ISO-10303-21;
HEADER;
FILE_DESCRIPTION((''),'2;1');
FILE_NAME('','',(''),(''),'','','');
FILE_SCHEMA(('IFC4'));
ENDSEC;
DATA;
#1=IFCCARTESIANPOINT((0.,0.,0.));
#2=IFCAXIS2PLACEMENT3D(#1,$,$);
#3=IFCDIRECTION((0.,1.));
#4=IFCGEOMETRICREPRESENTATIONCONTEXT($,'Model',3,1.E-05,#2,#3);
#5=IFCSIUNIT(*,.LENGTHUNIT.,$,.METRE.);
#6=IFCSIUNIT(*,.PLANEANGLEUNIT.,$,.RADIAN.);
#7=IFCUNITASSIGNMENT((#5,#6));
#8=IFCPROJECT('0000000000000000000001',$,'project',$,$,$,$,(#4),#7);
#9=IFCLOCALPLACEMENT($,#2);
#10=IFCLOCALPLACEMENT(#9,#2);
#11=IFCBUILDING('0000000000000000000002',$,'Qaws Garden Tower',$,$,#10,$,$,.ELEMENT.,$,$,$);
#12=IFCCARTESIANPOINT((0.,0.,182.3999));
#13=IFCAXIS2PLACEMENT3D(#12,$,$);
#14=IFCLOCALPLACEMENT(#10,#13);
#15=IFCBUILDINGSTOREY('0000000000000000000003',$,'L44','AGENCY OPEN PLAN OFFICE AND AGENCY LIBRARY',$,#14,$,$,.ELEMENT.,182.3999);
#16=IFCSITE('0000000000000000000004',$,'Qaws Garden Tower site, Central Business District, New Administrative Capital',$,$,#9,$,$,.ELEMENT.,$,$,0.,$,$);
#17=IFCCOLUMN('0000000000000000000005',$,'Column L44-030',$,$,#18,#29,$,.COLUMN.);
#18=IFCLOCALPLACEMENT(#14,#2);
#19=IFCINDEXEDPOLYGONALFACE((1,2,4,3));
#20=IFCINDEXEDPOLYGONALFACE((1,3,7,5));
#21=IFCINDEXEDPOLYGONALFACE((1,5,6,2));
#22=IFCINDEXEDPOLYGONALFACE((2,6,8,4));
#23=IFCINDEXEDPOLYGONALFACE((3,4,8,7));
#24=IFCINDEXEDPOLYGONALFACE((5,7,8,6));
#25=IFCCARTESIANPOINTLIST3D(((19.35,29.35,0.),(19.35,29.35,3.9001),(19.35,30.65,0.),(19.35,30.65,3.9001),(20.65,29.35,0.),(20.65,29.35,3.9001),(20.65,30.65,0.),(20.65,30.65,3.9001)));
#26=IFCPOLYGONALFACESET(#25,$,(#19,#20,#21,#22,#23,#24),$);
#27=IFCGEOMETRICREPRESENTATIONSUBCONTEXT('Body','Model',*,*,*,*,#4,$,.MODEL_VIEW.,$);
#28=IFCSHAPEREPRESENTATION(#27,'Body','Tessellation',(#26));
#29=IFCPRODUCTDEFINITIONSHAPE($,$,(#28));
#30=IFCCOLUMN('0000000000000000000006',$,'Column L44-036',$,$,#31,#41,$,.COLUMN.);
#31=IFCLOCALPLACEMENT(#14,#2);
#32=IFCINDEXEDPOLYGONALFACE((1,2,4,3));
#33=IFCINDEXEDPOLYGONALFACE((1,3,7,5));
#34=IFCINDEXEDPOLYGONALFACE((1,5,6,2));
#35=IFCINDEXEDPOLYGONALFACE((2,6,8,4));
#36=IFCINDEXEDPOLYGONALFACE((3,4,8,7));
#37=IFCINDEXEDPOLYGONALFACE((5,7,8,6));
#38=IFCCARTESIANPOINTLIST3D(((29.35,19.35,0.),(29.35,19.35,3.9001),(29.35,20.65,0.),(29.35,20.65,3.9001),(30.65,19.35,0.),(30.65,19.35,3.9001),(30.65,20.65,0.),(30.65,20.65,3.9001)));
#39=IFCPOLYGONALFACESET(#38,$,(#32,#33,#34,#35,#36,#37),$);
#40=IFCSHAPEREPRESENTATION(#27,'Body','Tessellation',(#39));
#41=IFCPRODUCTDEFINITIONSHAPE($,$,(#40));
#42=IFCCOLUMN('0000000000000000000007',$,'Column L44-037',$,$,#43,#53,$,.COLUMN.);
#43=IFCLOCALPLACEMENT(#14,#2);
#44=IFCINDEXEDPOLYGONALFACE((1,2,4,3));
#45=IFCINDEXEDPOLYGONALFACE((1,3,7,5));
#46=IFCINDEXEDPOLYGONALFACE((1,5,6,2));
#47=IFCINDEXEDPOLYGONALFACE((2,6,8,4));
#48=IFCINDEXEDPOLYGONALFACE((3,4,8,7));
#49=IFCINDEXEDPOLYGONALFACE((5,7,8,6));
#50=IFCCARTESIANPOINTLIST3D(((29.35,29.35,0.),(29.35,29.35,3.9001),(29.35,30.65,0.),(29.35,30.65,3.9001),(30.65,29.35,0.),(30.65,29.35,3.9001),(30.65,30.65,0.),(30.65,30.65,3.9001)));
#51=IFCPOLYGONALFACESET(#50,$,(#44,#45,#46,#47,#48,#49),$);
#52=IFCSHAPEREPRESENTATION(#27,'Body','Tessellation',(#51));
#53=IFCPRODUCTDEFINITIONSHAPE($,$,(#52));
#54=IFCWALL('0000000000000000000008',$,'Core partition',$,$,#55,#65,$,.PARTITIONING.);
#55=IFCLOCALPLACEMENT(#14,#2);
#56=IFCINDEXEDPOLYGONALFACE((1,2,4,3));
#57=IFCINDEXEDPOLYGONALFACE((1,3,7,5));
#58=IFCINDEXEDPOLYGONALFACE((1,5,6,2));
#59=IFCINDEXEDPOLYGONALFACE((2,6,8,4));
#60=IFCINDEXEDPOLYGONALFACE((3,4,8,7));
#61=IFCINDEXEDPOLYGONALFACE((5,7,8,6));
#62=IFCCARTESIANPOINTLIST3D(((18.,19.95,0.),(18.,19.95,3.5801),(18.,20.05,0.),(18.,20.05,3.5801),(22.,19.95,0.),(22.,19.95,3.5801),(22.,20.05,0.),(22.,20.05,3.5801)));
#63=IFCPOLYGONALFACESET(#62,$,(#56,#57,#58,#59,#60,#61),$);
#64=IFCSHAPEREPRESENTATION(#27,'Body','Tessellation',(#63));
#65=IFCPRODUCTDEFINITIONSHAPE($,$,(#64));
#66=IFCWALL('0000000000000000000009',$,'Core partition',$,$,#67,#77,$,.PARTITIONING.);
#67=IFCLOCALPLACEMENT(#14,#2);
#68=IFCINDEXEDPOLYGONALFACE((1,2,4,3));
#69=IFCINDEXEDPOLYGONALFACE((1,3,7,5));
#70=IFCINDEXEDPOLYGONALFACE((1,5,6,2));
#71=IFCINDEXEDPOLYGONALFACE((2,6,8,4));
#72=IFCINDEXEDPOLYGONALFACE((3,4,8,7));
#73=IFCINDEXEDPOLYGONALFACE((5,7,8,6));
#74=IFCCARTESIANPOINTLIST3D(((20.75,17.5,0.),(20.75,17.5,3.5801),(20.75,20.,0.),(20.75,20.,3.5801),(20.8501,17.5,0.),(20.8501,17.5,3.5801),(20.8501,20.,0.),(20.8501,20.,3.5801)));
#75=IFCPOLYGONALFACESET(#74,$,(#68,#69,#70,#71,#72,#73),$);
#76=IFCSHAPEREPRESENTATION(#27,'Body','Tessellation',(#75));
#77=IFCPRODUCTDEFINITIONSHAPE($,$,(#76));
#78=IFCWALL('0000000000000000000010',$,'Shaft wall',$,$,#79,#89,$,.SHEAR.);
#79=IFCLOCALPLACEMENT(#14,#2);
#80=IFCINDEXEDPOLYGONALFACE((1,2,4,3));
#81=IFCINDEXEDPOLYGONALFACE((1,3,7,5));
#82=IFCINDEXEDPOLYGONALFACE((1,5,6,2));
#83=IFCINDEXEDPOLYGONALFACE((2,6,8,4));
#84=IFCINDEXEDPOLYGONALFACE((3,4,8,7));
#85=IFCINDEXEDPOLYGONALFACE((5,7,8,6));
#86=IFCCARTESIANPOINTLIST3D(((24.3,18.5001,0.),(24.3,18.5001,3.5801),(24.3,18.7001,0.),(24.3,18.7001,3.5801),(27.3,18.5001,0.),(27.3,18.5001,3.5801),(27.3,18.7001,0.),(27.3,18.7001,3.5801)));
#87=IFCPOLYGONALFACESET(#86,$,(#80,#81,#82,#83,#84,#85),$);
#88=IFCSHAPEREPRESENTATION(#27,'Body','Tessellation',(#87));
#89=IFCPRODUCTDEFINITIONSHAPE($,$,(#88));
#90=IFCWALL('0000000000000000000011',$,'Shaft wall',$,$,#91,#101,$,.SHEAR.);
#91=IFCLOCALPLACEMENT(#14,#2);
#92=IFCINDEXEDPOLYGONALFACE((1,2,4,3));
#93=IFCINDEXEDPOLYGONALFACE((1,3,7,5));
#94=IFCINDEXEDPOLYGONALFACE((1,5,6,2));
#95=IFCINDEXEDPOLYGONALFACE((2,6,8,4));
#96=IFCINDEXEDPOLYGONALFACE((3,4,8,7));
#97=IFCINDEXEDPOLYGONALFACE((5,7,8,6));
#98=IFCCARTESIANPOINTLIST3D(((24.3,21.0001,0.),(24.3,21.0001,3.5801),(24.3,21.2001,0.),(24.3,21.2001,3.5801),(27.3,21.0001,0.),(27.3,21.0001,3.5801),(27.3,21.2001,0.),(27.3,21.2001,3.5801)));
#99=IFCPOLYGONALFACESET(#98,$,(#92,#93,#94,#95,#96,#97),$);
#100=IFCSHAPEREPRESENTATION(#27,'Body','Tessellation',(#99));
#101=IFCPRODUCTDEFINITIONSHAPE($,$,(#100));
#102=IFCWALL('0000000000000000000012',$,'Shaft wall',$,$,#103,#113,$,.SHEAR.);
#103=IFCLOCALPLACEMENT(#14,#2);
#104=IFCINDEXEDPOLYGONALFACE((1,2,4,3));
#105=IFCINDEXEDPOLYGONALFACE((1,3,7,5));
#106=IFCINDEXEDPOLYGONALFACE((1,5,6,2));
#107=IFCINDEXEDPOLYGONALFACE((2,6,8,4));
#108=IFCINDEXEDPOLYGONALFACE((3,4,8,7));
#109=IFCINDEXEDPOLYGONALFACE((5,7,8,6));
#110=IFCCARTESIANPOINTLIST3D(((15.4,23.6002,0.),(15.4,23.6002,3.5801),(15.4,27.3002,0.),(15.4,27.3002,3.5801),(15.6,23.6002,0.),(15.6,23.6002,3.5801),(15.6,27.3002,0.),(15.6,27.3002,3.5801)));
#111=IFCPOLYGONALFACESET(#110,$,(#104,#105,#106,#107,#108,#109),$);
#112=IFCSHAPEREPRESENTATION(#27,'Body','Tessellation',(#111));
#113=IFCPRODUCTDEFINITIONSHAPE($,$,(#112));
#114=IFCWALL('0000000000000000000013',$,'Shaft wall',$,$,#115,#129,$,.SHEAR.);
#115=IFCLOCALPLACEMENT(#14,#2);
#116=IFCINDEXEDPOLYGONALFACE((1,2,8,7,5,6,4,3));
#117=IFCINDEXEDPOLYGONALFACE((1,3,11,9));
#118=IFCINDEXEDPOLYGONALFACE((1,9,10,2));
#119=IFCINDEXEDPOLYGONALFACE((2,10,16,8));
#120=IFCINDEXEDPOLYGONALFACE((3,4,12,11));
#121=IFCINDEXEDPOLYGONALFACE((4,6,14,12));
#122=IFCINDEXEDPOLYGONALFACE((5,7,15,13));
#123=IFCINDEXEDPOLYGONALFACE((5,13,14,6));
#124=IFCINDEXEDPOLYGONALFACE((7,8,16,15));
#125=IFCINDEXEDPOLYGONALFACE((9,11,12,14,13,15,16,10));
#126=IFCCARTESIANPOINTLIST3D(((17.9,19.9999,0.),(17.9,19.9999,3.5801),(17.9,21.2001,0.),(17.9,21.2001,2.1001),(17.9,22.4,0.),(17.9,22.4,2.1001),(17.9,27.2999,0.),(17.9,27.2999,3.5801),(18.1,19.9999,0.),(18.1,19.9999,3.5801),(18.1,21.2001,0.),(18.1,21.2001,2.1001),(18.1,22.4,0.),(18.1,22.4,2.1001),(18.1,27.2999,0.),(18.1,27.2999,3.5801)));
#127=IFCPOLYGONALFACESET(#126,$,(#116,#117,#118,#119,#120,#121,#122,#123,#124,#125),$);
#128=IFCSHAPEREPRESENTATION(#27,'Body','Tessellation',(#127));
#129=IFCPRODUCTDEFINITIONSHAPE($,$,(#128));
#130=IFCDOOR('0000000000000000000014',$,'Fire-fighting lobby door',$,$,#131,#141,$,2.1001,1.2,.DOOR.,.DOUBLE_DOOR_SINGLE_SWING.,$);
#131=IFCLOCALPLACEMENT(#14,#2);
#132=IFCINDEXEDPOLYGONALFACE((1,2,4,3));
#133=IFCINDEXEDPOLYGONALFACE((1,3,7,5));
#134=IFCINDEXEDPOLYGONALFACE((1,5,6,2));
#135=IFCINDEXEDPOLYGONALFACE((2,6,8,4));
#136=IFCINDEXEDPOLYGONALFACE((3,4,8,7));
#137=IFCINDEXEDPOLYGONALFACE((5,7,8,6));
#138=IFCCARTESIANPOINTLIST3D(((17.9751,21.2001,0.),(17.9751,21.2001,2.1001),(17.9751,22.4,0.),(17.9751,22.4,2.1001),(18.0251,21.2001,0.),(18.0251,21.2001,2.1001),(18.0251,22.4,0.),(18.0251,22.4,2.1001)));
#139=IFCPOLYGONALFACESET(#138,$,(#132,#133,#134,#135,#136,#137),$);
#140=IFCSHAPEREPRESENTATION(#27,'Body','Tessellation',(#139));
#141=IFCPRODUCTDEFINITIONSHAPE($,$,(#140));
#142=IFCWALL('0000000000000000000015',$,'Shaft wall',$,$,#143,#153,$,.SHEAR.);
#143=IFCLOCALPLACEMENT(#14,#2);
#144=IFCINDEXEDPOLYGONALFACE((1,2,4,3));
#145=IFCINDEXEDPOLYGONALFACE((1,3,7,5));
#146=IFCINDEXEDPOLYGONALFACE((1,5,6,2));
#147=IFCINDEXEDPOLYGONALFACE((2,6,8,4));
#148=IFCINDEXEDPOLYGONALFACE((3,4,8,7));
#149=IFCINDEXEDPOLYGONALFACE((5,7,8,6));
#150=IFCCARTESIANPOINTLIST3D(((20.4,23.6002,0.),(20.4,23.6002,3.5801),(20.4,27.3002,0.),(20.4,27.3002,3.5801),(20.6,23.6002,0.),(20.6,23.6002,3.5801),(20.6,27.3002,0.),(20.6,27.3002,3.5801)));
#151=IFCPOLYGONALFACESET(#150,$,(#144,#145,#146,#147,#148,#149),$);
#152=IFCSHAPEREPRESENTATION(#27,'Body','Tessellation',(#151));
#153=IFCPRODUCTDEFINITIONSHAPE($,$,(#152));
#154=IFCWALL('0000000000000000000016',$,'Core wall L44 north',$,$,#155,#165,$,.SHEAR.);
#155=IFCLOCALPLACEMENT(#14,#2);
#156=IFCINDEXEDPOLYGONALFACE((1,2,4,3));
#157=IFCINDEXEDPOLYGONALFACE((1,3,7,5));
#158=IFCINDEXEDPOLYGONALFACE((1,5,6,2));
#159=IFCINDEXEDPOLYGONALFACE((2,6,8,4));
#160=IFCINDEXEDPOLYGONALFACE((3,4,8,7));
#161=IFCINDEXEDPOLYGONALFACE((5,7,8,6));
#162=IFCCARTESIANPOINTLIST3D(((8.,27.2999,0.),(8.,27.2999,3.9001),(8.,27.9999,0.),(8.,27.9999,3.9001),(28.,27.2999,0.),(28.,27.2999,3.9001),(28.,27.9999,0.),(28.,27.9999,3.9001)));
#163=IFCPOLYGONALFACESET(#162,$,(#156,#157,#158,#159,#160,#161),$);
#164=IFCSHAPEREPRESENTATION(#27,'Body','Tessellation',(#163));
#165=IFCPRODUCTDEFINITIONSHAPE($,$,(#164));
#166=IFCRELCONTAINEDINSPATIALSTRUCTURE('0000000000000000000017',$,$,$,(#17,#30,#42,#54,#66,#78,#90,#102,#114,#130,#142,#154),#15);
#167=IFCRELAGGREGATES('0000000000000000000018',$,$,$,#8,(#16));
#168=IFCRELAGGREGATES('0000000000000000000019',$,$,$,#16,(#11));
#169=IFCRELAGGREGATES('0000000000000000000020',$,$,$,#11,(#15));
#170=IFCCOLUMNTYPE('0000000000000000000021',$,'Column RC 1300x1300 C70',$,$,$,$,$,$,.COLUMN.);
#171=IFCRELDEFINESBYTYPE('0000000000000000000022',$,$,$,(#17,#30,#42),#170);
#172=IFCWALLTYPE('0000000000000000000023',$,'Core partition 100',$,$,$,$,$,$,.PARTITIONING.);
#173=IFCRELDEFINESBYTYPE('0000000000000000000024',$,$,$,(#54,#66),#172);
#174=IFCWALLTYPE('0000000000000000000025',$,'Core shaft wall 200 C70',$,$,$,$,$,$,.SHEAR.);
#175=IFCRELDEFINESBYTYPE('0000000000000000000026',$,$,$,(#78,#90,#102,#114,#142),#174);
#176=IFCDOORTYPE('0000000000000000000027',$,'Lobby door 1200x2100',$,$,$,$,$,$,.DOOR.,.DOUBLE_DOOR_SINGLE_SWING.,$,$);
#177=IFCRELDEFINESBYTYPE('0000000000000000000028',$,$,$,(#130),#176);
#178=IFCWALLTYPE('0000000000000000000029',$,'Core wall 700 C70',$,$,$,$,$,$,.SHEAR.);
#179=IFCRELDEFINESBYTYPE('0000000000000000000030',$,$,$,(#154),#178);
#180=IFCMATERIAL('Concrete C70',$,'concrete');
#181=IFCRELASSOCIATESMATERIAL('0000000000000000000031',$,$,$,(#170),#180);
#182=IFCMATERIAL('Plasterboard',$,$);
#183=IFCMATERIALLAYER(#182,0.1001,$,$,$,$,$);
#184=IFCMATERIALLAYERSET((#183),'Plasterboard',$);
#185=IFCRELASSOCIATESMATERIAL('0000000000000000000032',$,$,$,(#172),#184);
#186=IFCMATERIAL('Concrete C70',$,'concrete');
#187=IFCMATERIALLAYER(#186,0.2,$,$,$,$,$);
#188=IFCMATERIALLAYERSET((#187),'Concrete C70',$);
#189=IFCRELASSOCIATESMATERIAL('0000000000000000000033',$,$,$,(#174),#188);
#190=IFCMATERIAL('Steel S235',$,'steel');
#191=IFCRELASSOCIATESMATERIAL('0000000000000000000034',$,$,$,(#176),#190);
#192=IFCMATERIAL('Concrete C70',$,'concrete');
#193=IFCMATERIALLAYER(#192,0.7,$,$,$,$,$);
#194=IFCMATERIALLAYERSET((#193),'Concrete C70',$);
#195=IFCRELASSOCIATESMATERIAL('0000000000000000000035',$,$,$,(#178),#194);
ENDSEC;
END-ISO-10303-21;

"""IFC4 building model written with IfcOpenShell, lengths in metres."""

from ifc_helpers import new_model, si_unit, direction, frame, frame_2d, origin, origin_2d, place, context, subcontext, project, spatial, rectangle, extrude, material, layer, layer_set, material_profile, profile_set, type_object, element, fill, save


model = new_model("IFC4")

# Units and contexts
model_context = context("Model", 3, precision=1e-05, world=origin(), true_north=direction((0.0, 1.0)))
body_context = subcontext(model_context, "Body", "Model", "MODEL_VIEW")
ifc_project = project(units=[si_unit("LENGTHUNIT", "METRE"), si_unit("PLANEANGLEUNIT", "RADIAN")], contexts=[model_context])

# Site, building, storey
site_placement = place(None, origin())
site = spatial("IfcSite", under=ifc_project, at=site_placement, Name="Qaws Garden Tower site, Central Business District, New Administrative Capital", CompositionType="ELEMENT", RefElevation=0.0)
building_placement = place(site_placement, origin())
building = spatial("IfcBuilding", under=site, at=building_placement, Name="Qaws Garden Tower", CompositionType="ELEMENT")
storey_placement = place(building_placement, frame((0.0, 0.0, 182.3999)))
storey = spatial("IfcBuildingStorey", under=building, at=storey_placement, Name="L44", Description="AGENCY OPEN PLAN OFFICE AND AGENCY LIBRARY", CompositionType="ELEMENT", Elevation=182.3999)

# Columns
ifc_material_1 = material(Name="Concrete C70", Category="concrete")
ifc_material_profile = material_profile(ifc_material_1, rectangle(XDim=1.3, YDim=1.3, at=origin_2d()), Name="RC 1300x1300")
ifc_profile_set = profile_set([ifc_material_profile], Name="Concrete C70")
column_type = type_object("IfcColumnType", Name="Column RC 1300x1300 C70", PredefinedType="COLUMN", material=ifc_profile_set)
for number, where, z_axis, x_axis, name in (
    (1, (20.0, 30.0, 0.0), (0.0, 0.0, 1.0), (1.0, 0.0, 0.0), "Column L44-030"),
    (2, (30.0, 20.0, 0.0), (0.0, 0.0, 1.0), (1.0, 0.0, 0.0), "Column L44-036"),
    (3, (30.0, 30.0, 0.0), (0.0, 0.0, 1.0), (1.0, 0.0, 0.0), "Column L44-037"),
):
    element("IfcColumn", number, at=place(storey_placement, frame(where, z_axis=z_axis, x_axis=x_axis)), inside=storey, type_object=column_type, Name=name, PredefinedType="COLUMN", context=body_context, shape_type="SweptSolid", body=[
        extrude(rectangle(XDim=1.3, YDim=1.3, at=origin_2d()), origin(), (0.0, 0.0, 1.0), 3.9001),
    ])

# Walls
ifc_material_2 = material(Name="Plasterboard")
ifc_layer_1 = layer(ifc_material_2, 0.1001)
ifc_layer_set_1 = layer_set([ifc_layer_1], Name="Plasterboard")
wall_type_1 = type_object("IfcWallType", Name="Core partition 100", PredefinedType="PARTITIONING", material=ifc_layer_set_1)
wall_1_placement = place(storey_placement, frame((18.0, 20.0, 0.0), z_axis=(0.0, 0.0, 1.0), x_axis=(1.0, 0.0, 0.0)))
element("IfcWall", 4, at=wall_1_placement, inside=storey, type_object=wall_type_1, Name="Core partition", PredefinedType="PARTITIONING", context=body_context, shape_type="SweptSolid", body=[
    extrude(rectangle(XDim=4.0, YDim=0.1001, at=frame_2d((2.0, 0.0))), origin(), (0.0, 0.0, 1.0), 3.5801),
])
wall_2_placement = place(storey_placement, frame((20.8, 17.5, 0.0), z_axis=(0.0, 0.0, 1.0), x_axis=(0.0, 1.0, 0.0)))
element("IfcWall", 5, at=wall_2_placement, inside=storey, type_object=wall_type_1, Name="Core partition", PredefinedType="PARTITIONING", context=body_context, shape_type="SweptSolid", body=[
    extrude(rectangle(XDim=2.5, YDim=0.1001, at=frame_2d((1.25, 0.0))), origin(), (0.0, 0.0, 1.0), 3.5801),
])
ifc_material_3 = material(Name="Concrete C70", Category="concrete")
ifc_layer_2 = layer(ifc_material_3, 0.2)
ifc_layer_set_2 = layer_set([ifc_layer_2], Name="Concrete C70")
wall_type_2 = type_object("IfcWallType", Name="Core shaft wall 200 C70", PredefinedType="SHEAR", material=ifc_layer_set_2)
for number, where, z_axis, x_axis, name in (
    (6, (24.3, 18.6001, 0.0), (0.0, 0.0, 1.0), (1.0, 0.0, 0.0), "Shaft wall"),
    (7, (24.3, 21.1001, 0.0), (0.0, 0.0, 1.0), (1.0, 0.0, 0.0), "Shaft wall"),
):
    element("IfcWall", number, at=place(storey_placement, frame(where, z_axis=z_axis, x_axis=x_axis)), inside=storey, type_object=wall_type_2, Name=name, PredefinedType="SHEAR", context=body_context, shape_type="SweptSolid", body=[
        extrude(rectangle(XDim=3.0, YDim=0.2, at=frame_2d((1.5, 0.0))), origin(), (0.0, 0.0, 1.0), 3.5801),
    ])
wall_3_placement = place(storey_placement, frame((15.5, 23.6001, 0.0), z_axis=(0.0, 0.0, 1.0), x_axis=(0.0, 1.0, 0.0)))
element("IfcWall", 8, at=wall_3_placement, inside=storey, type_object=wall_type_2, Name="Shaft wall", PredefinedType="SHEAR", context=body_context, shape_type="SweptSolid", body=[
    extrude(rectangle(XDim=3.7, YDim=0.2, at=frame_2d((1.8501, 0.0))), origin(), (0.0, 0.0, 1.0), 3.5801),
])

# Wall, opening, door
wall_4_placement = place(storey_placement, frame((18.0, 20.0, 0.0), z_axis=(0.0, 0.0, 1.0), x_axis=(0.0, 1.0, 0.0)))
wall_4 = element("IfcWall", 9, at=wall_4_placement, inside=storey, type_object=wall_type_2, Name="Shaft wall", PredefinedType="SHEAR", context=body_context, shape_type="SweptSolid", body=[
    extrude(rectangle(XDim=7.3, YDim=0.2, at=frame_2d((3.6499, 0.0))), origin(), (0.0, 0.0, 1.0), 3.5801),
])
opening_1_placement = place(wall_4_placement, frame((1.2, 0.0, 0.0)))
opening_1 = element("IfcOpeningElement", 10, at=opening_1_placement, cuts=wall_4, PredefinedType="OPENING", context=body_context, shape_type="SweptSolid", body=[
    extrude(rectangle(XDim=1.2, YDim=2.1001, at=frame_2d((0.6001, 1.05))), frame((0.0, 0.1099, 0.0), z_axis=(0.0, -1.0, 0.0), x_axis=(1.0, 0.0, 0.0)), (0.0, 0.0, 1.0), 0.22),
])
ifc_material_4 = material(Name="Steel S235", Category="steel")
door_type_1 = type_object("IfcDoorType", Name="Lobby door 1200x2100", OperationType="DOUBLE_DOOR_SINGLE_SWING", PredefinedType="DOOR", material=ifc_material_4)
door_1_placement = place(opening_1_placement, origin())
door_1 = element("IfcDoor", 11, at=door_1_placement, inside=storey, type_object=door_type_1, Name="Fire-fighting lobby door", OperationType="DOUBLE_DOOR_SINGLE_SWING", OverallHeight=2.1001, OverallWidth=1.2, PredefinedType="DOOR", context=body_context, shape_type="SweptSolid", body=[
    extrude(rectangle(XDim=1.2, YDim=2.1001, at=frame_2d((0.6001, 1.05))), frame((0.0, 0.0249, 0.0), z_axis=(0.0, -1.0, 0.0), x_axis=(1.0, 0.0, 0.0)), (0.0, 0.0, 1.0), 0.05),
])
fill(opening_1, door_1)

# Walls
wall_5_placement = place(storey_placement, frame((20.5, 23.6001, 0.0), z_axis=(0.0, 0.0, 1.0), x_axis=(0.0, 1.0, 0.0)))
element("IfcWall", 12, at=wall_5_placement, inside=storey, type_object=wall_type_2, Name="Shaft wall", PredefinedType="SHEAR", context=body_context, shape_type="SweptSolid", body=[
    extrude(rectangle(XDim=3.7, YDim=0.2, at=frame_2d((1.8501, 0.0))), origin(), (0.0, 0.0, 1.0), 3.5801),
])
ifc_material_5 = material(Name="Concrete C70", Category="concrete")
ifc_layer_3 = layer(ifc_material_5, 0.7)
ifc_layer_set_3 = layer_set([ifc_layer_3], Name="Concrete C70")
wall_type_3 = type_object("IfcWallType", Name="Core wall 700 C70", PredefinedType="SHEAR", material=ifc_layer_set_3)
wall_6_placement = place(storey_placement, frame((28.0, 27.6499, 0.0), z_axis=(0.0, 0.0, 1.0), x_axis=(-1.0, 0.0, 0.0)))
element("IfcWall", 13, at=wall_6_placement, inside=storey, type_object=wall_type_3, Name="Core wall L44 north", PredefinedType="SHEAR", context=body_context, shape_type="SweptSolid", body=[
    extrude(rectangle(XDim=20.0, YDim=0.7, at=frame_2d((10.0, 0.0))), origin(), (0.0, 0.0, 1.0), 3.9001),
])

save(model, "model.ifc")
